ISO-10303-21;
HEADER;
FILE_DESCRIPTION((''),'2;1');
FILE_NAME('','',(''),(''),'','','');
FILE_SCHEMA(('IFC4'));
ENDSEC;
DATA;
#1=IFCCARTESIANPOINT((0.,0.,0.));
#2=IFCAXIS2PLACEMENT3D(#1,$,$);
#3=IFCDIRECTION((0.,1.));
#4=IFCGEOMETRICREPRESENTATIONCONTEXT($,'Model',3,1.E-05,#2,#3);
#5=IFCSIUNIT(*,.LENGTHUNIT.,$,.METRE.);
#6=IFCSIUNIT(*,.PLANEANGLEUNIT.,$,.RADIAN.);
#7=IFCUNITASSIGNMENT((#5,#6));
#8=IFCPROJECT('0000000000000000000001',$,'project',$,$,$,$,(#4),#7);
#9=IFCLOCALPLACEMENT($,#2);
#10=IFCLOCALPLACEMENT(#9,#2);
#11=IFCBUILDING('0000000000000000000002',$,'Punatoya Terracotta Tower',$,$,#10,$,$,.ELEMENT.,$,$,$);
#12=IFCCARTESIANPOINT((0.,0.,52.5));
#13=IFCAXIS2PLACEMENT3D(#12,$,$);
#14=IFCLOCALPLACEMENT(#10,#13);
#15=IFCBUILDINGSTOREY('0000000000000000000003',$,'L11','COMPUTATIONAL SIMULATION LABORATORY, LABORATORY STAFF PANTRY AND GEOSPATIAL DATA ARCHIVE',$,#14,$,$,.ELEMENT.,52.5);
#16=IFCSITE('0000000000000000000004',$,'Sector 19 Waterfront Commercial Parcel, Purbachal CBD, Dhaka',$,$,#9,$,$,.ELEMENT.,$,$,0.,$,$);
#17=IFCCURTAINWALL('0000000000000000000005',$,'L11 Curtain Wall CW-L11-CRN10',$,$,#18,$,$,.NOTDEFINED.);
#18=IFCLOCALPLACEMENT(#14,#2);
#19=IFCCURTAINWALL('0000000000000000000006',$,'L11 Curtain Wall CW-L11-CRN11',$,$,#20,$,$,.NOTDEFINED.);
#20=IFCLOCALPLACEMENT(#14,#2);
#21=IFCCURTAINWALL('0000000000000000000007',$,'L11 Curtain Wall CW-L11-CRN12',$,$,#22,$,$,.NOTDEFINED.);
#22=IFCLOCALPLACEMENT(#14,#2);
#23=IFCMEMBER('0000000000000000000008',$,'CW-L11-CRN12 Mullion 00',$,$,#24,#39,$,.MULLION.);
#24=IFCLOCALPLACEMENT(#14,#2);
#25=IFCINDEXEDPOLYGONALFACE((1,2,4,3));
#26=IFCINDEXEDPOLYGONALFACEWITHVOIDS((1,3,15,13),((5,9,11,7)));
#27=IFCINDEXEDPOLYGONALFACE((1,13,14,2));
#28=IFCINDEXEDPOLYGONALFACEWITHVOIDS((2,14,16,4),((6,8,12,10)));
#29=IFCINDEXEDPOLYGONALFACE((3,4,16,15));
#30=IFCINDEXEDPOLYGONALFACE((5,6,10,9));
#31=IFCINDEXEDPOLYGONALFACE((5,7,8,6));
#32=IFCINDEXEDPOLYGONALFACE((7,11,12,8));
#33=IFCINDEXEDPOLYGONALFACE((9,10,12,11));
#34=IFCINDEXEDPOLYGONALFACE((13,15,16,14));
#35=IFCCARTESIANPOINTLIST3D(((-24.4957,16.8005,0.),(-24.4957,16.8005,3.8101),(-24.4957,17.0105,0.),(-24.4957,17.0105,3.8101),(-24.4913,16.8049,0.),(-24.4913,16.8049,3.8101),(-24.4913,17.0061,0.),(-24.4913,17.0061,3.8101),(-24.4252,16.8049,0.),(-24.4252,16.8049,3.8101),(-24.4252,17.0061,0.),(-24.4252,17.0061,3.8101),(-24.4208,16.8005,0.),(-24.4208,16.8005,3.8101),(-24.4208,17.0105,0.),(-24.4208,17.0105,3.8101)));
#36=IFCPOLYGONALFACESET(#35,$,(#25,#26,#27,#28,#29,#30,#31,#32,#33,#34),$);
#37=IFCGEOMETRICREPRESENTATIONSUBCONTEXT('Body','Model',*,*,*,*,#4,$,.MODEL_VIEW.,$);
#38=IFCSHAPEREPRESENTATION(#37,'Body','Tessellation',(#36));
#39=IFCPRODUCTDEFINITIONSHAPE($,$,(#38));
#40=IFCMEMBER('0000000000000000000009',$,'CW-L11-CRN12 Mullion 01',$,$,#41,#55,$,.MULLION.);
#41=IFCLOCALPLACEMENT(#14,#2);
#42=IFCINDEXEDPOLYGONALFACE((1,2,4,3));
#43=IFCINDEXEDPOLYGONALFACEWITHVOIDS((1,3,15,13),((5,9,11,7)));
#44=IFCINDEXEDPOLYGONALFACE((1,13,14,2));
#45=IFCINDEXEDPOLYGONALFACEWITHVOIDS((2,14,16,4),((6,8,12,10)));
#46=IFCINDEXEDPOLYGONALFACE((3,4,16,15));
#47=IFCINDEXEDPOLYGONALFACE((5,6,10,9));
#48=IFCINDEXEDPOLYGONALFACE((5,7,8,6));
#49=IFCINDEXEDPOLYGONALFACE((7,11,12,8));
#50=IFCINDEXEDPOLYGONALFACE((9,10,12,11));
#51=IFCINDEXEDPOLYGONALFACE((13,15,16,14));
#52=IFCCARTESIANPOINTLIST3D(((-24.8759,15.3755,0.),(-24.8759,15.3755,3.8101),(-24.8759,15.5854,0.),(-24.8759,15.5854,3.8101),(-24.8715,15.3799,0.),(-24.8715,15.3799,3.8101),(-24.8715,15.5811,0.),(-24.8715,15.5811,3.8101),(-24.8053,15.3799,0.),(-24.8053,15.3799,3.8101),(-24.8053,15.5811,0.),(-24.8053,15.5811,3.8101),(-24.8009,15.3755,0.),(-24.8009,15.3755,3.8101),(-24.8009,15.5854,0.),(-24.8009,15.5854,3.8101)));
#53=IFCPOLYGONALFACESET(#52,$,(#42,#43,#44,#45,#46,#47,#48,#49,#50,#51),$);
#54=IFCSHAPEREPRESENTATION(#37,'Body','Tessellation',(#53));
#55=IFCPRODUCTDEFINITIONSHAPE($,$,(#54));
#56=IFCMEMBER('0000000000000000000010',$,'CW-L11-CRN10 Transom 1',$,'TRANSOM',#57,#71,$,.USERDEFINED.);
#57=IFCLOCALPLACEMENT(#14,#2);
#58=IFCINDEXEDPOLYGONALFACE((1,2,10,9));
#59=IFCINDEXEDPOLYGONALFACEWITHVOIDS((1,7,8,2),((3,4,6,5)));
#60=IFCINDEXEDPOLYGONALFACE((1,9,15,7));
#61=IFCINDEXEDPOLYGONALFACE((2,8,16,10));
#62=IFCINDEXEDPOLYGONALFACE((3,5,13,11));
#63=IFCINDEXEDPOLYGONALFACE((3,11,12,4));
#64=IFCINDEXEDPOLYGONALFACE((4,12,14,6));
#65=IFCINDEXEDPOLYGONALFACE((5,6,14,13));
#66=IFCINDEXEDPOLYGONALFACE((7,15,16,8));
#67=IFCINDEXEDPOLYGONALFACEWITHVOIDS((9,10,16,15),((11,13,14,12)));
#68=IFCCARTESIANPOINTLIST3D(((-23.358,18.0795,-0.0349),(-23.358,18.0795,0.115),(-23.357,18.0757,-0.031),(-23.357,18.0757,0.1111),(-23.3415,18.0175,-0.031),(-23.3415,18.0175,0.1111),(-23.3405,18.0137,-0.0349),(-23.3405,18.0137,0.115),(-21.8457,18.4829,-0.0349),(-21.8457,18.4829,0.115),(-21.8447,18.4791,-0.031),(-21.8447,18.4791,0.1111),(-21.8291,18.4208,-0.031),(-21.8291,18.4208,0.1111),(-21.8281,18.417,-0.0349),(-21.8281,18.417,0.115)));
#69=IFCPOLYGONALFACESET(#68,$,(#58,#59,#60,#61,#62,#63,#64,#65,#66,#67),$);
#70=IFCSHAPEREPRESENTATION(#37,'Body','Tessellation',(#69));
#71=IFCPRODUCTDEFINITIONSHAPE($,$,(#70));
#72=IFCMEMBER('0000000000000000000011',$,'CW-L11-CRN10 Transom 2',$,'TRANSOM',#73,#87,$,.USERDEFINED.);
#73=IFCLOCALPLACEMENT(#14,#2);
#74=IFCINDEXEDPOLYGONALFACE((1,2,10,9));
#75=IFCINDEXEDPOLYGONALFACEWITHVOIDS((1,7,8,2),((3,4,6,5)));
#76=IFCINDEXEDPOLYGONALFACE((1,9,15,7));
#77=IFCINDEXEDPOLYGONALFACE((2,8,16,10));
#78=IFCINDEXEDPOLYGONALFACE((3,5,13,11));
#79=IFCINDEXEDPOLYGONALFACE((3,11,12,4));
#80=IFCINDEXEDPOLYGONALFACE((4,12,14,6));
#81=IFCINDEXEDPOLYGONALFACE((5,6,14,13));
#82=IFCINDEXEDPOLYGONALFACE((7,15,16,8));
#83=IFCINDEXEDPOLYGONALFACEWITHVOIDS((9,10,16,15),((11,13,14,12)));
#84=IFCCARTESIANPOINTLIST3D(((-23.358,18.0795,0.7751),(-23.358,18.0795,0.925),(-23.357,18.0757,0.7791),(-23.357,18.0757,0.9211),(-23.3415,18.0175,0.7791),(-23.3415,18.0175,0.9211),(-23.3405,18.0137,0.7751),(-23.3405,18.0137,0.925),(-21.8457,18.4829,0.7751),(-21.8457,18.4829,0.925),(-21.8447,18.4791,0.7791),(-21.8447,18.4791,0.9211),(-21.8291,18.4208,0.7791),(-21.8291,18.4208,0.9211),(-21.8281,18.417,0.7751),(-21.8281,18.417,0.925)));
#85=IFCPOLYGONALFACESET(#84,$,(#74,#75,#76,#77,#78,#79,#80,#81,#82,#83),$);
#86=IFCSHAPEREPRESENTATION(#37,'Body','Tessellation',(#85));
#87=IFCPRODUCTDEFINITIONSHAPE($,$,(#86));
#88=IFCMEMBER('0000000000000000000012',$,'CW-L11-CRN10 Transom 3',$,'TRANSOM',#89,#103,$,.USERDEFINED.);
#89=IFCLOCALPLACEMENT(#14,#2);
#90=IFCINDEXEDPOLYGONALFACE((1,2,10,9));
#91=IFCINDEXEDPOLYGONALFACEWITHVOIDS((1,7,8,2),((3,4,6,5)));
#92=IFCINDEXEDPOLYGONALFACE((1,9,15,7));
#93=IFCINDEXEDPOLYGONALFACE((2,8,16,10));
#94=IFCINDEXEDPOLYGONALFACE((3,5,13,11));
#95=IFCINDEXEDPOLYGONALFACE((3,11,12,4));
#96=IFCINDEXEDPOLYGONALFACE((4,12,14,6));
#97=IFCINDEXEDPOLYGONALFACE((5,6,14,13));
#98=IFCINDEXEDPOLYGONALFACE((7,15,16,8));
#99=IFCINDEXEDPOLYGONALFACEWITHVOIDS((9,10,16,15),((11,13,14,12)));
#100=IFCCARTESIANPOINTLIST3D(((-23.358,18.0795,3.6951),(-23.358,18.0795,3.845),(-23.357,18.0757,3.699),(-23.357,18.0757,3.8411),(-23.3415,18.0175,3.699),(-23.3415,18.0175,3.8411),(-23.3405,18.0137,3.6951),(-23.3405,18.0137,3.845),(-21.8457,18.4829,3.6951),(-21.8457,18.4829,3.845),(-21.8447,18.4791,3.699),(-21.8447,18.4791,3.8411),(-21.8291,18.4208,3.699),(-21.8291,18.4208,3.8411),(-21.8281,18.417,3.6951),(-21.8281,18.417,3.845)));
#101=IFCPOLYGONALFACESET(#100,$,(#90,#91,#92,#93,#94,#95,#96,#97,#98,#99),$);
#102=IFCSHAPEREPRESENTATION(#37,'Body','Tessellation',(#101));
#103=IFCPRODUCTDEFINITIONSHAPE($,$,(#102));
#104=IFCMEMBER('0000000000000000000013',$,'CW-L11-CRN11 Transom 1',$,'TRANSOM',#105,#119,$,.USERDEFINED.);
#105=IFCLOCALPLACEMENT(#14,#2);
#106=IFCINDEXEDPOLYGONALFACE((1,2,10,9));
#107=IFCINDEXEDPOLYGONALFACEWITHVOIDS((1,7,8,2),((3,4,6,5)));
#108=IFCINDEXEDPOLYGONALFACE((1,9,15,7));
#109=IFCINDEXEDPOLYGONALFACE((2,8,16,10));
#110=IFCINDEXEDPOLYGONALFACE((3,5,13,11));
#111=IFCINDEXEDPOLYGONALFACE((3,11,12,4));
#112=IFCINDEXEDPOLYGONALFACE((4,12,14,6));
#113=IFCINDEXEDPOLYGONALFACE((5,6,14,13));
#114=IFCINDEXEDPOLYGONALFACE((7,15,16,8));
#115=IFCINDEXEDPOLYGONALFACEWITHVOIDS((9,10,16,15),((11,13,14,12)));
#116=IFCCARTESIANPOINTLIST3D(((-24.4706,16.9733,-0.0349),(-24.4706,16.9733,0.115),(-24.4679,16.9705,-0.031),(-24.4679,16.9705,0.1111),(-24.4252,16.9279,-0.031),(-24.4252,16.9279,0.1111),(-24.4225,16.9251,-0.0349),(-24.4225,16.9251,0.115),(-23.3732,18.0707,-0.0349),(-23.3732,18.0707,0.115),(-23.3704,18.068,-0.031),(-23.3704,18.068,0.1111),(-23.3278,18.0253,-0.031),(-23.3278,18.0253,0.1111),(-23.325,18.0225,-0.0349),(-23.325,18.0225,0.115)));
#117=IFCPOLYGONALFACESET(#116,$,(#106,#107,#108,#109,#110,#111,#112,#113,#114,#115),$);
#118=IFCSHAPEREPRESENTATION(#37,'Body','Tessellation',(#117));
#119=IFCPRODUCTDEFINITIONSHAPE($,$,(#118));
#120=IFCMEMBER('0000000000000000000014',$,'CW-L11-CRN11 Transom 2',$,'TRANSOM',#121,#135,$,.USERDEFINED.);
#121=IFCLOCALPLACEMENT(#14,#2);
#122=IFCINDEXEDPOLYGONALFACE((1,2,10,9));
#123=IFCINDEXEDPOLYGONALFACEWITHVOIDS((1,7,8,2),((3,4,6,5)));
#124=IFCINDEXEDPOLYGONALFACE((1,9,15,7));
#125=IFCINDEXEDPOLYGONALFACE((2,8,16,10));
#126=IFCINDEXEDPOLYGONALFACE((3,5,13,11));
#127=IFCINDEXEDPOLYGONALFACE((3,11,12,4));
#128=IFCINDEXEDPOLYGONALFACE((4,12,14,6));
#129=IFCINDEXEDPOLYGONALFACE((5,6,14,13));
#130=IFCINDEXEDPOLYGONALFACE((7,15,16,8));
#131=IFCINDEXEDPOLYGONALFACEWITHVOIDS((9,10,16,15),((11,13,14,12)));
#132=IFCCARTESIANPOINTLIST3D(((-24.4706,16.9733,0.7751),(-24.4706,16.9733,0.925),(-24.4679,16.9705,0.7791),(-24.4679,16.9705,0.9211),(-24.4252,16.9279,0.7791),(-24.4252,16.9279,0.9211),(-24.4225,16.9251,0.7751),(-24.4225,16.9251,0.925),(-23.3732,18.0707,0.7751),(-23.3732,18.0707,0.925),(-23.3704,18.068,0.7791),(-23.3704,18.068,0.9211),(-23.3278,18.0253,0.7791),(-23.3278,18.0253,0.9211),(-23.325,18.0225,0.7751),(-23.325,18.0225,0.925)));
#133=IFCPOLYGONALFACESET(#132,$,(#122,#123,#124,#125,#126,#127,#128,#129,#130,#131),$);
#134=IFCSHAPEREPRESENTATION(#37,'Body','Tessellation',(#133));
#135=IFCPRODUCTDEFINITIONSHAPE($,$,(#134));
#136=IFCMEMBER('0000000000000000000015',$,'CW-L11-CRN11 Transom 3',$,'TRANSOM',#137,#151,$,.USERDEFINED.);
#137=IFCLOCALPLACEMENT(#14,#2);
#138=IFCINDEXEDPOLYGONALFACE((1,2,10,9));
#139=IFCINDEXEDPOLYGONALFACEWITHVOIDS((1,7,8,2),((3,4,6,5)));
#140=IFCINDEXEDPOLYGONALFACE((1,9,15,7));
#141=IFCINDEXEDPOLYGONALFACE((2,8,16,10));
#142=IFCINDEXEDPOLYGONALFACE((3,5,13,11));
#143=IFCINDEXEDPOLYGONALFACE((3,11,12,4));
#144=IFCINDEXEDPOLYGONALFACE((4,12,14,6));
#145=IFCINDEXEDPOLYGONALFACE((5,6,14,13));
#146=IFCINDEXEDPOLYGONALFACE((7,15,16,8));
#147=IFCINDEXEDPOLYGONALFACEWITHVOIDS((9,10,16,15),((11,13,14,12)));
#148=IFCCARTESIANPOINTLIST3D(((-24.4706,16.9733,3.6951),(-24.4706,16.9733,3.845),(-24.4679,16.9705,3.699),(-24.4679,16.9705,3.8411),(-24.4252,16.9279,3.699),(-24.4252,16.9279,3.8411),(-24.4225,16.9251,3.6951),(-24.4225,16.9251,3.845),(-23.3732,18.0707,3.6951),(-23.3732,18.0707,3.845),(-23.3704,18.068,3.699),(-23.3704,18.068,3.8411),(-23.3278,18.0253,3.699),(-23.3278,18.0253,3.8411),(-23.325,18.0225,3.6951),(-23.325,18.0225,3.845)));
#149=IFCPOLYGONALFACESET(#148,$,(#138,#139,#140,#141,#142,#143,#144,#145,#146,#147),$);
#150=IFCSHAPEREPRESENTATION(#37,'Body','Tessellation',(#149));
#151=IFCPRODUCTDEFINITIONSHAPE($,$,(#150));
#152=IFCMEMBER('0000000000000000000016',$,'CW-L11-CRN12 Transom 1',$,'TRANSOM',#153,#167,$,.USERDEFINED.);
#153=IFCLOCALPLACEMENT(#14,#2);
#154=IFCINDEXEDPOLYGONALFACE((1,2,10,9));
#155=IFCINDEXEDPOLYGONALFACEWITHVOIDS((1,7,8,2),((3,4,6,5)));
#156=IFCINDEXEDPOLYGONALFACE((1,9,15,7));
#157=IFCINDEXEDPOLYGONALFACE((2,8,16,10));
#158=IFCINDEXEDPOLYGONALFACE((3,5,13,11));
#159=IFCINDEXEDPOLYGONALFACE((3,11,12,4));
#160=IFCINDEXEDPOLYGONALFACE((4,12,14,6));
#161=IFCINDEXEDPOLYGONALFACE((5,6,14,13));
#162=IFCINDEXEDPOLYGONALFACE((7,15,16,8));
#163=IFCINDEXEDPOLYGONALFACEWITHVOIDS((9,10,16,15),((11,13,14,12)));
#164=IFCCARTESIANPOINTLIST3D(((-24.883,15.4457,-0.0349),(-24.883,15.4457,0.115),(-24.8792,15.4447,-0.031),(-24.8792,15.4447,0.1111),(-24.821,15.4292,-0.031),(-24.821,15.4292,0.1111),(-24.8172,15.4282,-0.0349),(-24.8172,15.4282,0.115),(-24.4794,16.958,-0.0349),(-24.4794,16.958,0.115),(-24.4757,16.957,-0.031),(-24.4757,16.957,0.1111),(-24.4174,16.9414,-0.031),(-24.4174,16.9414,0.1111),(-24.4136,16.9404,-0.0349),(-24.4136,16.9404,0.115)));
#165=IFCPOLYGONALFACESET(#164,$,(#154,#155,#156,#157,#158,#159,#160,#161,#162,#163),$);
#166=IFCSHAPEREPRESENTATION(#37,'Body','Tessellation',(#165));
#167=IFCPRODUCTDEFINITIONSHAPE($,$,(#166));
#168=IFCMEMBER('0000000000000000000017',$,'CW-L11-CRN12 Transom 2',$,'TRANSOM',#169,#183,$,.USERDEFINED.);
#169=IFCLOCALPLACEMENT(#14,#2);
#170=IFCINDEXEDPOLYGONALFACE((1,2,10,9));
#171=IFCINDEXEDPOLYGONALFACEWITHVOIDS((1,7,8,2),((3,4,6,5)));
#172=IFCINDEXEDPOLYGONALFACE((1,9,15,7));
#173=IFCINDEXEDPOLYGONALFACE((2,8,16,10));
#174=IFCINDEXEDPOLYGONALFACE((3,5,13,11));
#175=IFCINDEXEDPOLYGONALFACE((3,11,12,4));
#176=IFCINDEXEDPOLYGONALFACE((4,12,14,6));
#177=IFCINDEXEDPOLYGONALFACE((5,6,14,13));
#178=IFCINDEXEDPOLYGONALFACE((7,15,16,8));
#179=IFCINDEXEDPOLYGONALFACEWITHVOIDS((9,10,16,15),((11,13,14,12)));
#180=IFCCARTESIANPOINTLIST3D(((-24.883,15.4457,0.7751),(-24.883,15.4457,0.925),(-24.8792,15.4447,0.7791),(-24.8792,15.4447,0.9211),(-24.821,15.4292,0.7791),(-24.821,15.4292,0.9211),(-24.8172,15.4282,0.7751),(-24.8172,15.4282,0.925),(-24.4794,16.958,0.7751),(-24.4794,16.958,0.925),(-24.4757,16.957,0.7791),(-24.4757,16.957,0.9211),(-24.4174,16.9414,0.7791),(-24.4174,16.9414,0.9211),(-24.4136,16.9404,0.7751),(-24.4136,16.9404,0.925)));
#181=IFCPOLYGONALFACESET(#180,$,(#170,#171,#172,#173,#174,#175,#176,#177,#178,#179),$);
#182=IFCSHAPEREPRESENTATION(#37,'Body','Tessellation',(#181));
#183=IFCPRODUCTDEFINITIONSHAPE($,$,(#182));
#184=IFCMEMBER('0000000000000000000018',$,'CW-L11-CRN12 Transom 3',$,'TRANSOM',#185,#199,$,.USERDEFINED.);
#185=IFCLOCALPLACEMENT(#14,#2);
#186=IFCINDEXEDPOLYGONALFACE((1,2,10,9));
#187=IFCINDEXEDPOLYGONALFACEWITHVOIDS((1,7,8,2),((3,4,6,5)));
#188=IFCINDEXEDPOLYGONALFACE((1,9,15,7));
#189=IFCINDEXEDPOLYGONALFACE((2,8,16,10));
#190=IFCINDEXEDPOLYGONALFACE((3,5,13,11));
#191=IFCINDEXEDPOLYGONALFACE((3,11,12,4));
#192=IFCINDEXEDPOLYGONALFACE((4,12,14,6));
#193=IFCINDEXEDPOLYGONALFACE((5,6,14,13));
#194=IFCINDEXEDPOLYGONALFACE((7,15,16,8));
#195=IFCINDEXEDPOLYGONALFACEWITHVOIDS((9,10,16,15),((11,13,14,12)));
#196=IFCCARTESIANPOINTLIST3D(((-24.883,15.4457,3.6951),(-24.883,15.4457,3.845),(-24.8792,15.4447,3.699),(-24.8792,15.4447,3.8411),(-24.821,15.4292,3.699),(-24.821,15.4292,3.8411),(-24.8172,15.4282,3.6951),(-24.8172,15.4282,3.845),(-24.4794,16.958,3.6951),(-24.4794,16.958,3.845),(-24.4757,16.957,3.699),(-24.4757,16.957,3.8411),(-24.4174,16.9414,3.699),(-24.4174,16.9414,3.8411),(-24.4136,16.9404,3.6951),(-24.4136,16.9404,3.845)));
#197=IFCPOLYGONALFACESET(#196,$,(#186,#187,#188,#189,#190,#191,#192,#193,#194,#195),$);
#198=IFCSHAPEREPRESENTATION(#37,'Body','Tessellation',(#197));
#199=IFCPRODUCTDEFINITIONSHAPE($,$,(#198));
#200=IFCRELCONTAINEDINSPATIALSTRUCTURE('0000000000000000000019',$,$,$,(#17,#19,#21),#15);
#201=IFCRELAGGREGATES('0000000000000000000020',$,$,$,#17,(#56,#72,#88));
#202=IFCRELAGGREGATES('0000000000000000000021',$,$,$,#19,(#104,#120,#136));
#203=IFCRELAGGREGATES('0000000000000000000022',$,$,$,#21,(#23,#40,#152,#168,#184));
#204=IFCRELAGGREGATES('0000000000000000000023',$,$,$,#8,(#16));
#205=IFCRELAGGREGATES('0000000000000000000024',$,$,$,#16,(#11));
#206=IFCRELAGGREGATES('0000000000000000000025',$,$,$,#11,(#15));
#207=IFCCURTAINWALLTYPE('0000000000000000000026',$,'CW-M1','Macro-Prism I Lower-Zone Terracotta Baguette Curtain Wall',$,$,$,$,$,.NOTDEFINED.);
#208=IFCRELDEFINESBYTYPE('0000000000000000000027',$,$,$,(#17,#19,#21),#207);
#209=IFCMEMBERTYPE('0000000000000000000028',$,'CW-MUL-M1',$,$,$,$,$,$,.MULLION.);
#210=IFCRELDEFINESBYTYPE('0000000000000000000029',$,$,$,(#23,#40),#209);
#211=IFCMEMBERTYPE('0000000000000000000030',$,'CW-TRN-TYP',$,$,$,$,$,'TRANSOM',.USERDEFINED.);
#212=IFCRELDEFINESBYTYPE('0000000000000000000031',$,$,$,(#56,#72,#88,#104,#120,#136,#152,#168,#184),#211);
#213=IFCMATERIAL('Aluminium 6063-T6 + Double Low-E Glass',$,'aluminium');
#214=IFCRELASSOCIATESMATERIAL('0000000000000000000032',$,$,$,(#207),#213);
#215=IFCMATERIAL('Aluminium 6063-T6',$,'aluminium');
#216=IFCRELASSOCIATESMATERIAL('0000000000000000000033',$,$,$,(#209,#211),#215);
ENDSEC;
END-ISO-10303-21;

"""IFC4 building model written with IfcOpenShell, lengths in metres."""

from ifc_helpers import new_model, si_unit, direction, frame, origin, origin_2d, place, context, subcontext, project, spatial, hollow_rectangle, extrude, material, material_profile, profile_set, type_object, element, aggregate, save


model = new_model("IFC4")

# Units and contexts
model_context = context("Model", 3, precision=1e-05, world=origin(), true_north=direction((0.0, 1.0)))
body_context = subcontext(model_context, "Body", "Model", "MODEL_VIEW")
ifc_project = project(units=[si_unit("LENGTHUNIT", "METRE"), si_unit("PLANEANGLEUNIT", "RADIAN")], contexts=[model_context])

# Site, building, storey
site_placement = place(None, origin())
site = spatial("IfcSite", under=ifc_project, at=site_placement, Name="Sector 19 Waterfront Commercial Parcel, Purbachal CBD, Dhaka", CompositionType="ELEMENT", RefElevation=0.0)
building_placement = place(site_placement, origin())
building = spatial("IfcBuilding", under=site, at=building_placement, Name="Punatoya Terracotta Tower", CompositionType="ELEMENT")
storey_placement = place(building_placement, frame((0.0, 0.0, 52.5)))
storey = spatial("IfcBuildingStorey", under=building, at=storey_placement, Name="L11", Description="COMPUTATIONAL SIMULATION LABORATORY, LABORATORY STAFF PANTRY AND GEOSPATIAL DATA ARCHIVE", CompositionType="ELEMENT", Elevation=52.5)

# Shared definitions
ifc_material_1 = material(Name="Aluminium 6063-T6 + Double Low-E Glass", Category="aluminium")
curtain_wall_type = type_object("IfcCurtainWallType", Name="CW-M1", Description="Macro-Prism I Lower-Zone Terracotta Baguette Curtain Wall", PredefinedType="NOTDEFINED", material=ifc_material_1)
ifc_material_2 = material(Name="Aluminium 6063-T6", Category="aluminium")
ifc_material_profile_1 = material_profile(ifc_material_2, hollow_rectangle(XDim=0.075, YDim=0.21, WallThickness=0.0044, at=origin_2d()))
ifc_profile_set_1 = profile_set([ifc_material_profile_1], Name="Aluminium 6063-T6")
member_type_1 = type_object("IfcMemberType", Name="CW-MUL-M1", PredefinedType="MULLION", material=ifc_profile_set_1)

# Curtain walls, members
curtain_wall_1_placement = place(storey_placement, origin())
curtain_wall_1 = element("IfcCurtainWall", 1, at=curtain_wall_1_placement, inside=storey, type_object=curtain_wall_type, Name="L11 Curtain Wall CW-L11-CRN10", PredefinedType="NOTDEFINED")
curtain_wall_2_placement = place(storey_placement, origin())
curtain_wall_2 = element("IfcCurtainWall", 2, at=curtain_wall_2_placement, inside=storey, type_object=curtain_wall_type, Name="L11 Curtain Wall CW-L11-CRN11", PredefinedType="NOTDEFINED")
curtain_wall_3_placement = place(storey_placement, origin())
curtain_wall_3 = element("IfcCurtainWall", 3, at=curtain_wall_3_placement, inside=storey, type_object=curtain_wall_type, Name="L11 Curtain Wall CW-L11-CRN12", PredefinedType="NOTDEFINED")
member_1_placement = place(storey_placement, frame((-24.4583, 16.9055, 0.0), z_axis=(0.0, 0.0, 1.0), x_axis=(1.0, 0.0, 0.0)))
member_1 = element("IfcMember", 4, at=member_1_placement, type_object=member_type_1, Name="CW-L11-CRN12 Mullion 00", PredefinedType="MULLION", context=body_context, shape_type="SweptSolid", body=[
    extrude(hollow_rectangle(XDim=0.075, YDim=0.21, WallThickness=0.0044, at=origin_2d()), origin(), (0.0, 0.0, 1.0), 3.8101),
])
member_2_placement = place(storey_placement, frame((-24.8384, 15.4805, 0.0), z_axis=(0.0, 0.0, 1.0), x_axis=(1.0, 0.0, 0.0)))
member_2 = element("IfcMember", 5, at=member_2_placement, type_object=member_type_1, Name="CW-L11-CRN12 Mullion 01", PredefinedType="MULLION", context=body_context, shape_type="SweptSolid", body=[
    extrude(hollow_rectangle(XDim=0.075, YDim=0.21, WallThickness=0.0044, at=origin_2d()), origin(), (0.0, 0.0, 1.0), 3.8101),
])

# Members
ifc_material_profile_2 = material_profile(ifc_material_2, hollow_rectangle(XDim=0.0681, YDim=0.1499, WallThickness=0.0039, at=origin_2d()))
ifc_profile_set_2 = profile_set([ifc_material_profile_2], Name="Aluminium 6063-T6")
member_type_2 = type_object("IfcMemberType", Name="CW-TRN-TYP", ElementType="TRANSOM", PredefinedType="USERDEFINED", material=ifc_profile_set_2)
member_3_placement = place(storey_placement, frame((-21.8369, 18.45, 0.04), z_axis=(-0.966225, -0.257701, 0.0), x_axis=(0.257701, -0.966225, 0.0)))
member_3 = element("IfcMember", 6, at=member_3_placement, type_object=member_type_2, Name="CW-L11-CRN10 Transom 1", ObjectType="TRANSOM", PredefinedType="USERDEFINED", context=body_context, shape_type="SweptSolid", body=[
    extrude(hollow_rectangle(XDim=0.0681, YDim=0.1499, WallThickness=0.0039, at=origin_2d()), origin(), (0.0, 0.0, 1.0), 1.5652),
])
member_4_placement = place(storey_placement, frame((-21.8369, 18.45, 0.8501), z_axis=(-0.966225, -0.257701, 0.0), x_axis=(0.257701, -0.966225, 0.0)))
member_4 = element("IfcMember", 7, at=member_4_placement, type_object=member_type_2, Name="CW-L11-CRN10 Transom 2", ObjectType="TRANSOM", PredefinedType="USERDEFINED", context=body_context, shape_type="SweptSolid", body=[
    extrude(hollow_rectangle(XDim=0.0681, YDim=0.1499, WallThickness=0.0039, at=origin_2d()), origin(), (0.0, 0.0, 1.0), 1.5652),
])
member_5_placement = place(storey_placement, frame((-21.8369, 18.45, 3.77), z_axis=(-0.966225, -0.257701, 0.0), x_axis=(0.257701, -0.966225, 0.0)))
member_5 = element("IfcMember", 8, at=member_5_placement, type_object=member_type_2, Name="CW-L11-CRN10 Transom 3", ObjectType="TRANSOM", PredefinedType="USERDEFINED", context=body_context, shape_type="SweptSolid", body=[
    extrude(hollow_rectangle(XDim=0.0681, YDim=0.1499, WallThickness=0.0039, at=origin_2d()), origin(), (0.0, 0.0, 1.0), 1.5652),
])
member_6_placement = place(storey_placement, frame((-23.3491, 18.0466, 0.04), z_axis=(-0.707107, -0.707107, 0.0), x_axis=(0.707107, -0.707107, 0.0)))
member_6 = element("IfcMember", 9, at=member_6_placement, type_object=member_type_2, Name="CW-L11-CRN11 Transom 1", ObjectType="TRANSOM", PredefinedType="USERDEFINED", context=body_context, shape_type="SweptSolid", body=[
    extrude(hollow_rectangle(XDim=0.0681, YDim=0.1499, WallThickness=0.0039, at=origin_2d()), origin(), (0.0, 0.0, 1.0), 1.552),
])
member_7_placement = place(storey_placement, frame((-23.3491, 18.0466, 0.8501), z_axis=(-0.707107, -0.707107, 0.0), x_axis=(0.707107, -0.707107, 0.0)))
member_7 = element("IfcMember", 10, at=member_7_placement, type_object=member_type_2, Name="CW-L11-CRN11 Transom 2", ObjectType="TRANSOM", PredefinedType="USERDEFINED", context=body_context, shape_type="SweptSolid", body=[
    extrude(hollow_rectangle(XDim=0.0681, YDim=0.1499, WallThickness=0.0039, at=origin_2d()), origin(), (0.0, 0.0, 1.0), 1.552),
])
member_8_placement = place(storey_placement, frame((-23.3491, 18.0466, 3.77), z_axis=(-0.707107, -0.707107, 0.0), x_axis=(0.707107, -0.707107, 0.0)))
member_8 = element("IfcMember", 11, at=member_8_placement, type_object=member_type_2, Name="CW-L11-CRN11 Transom 3", ObjectType="TRANSOM", PredefinedType="USERDEFINED", context=body_context, shape_type="SweptSolid", body=[
    extrude(hollow_rectangle(XDim=0.0681, YDim=0.1499, WallThickness=0.0039, at=origin_2d()), origin(), (0.0, 0.0, 1.0), 1.552),
])
member_9_placement = place(storey_placement, frame((-24.4465, 16.9492, 0.04), z_axis=(-0.257847, -0.966186, 0.0), x_axis=(0.966186, -0.257847, 0.0)))
member_9 = element("IfcMember", 12, at=member_9_placement, type_object=member_type_2, Name="CW-L11-CRN12 Transom 1", ObjectType="TRANSOM", PredefinedType="USERDEFINED", context=body_context, shape_type="SweptSolid", body=[
    extrude(hollow_rectangle(XDim=0.0681, YDim=0.1499, WallThickness=0.0039, at=origin_2d()), origin(), (0.0, 0.0, 1.0), 1.5652),
])
member_10_placement = place(storey_placement, frame((-24.4465, 16.9492, 0.8501), z_axis=(-0.257847, -0.966186, 0.0), x_axis=(0.966186, -0.257847, 0.0)))
member_10 = element("IfcMember", 13, at=member_10_placement, type_object=member_type_2, Name="CW-L11-CRN12 Transom 2", ObjectType="TRANSOM", PredefinedType="USERDEFINED", context=body_context, shape_type="SweptSolid", body=[
    extrude(hollow_rectangle(XDim=0.0681, YDim=0.1499, WallThickness=0.0039, at=origin_2d()), origin(), (0.0, 0.0, 1.0), 1.5652),
])
member_11_placement = place(storey_placement, frame((-24.4465, 16.9492, 3.77), z_axis=(-0.257847, -0.966186, 0.0), x_axis=(0.966186, -0.257847, 0.0)))
member_11 = element("IfcMember", 14, at=member_11_placement, type_object=member_type_2, Name="CW-L11-CRN12 Transom 3", ObjectType="TRANSOM", PredefinedType="USERDEFINED", context=body_context, shape_type="SweptSolid", body=[
    extrude(hollow_rectangle(XDim=0.0681, YDim=0.1499, WallThickness=0.0039, at=origin_2d()), origin(), (0.0, 0.0, 1.0), 1.5652),
])

aggregate(curtain_wall_1, [member_3, member_4, member_5])
aggregate(curtain_wall_2, [member_6, member_7, member_8])
aggregate(curtain_wall_3, [member_1, member_2, member_9, member_10, member_11])

save(model, "model.ifc")
